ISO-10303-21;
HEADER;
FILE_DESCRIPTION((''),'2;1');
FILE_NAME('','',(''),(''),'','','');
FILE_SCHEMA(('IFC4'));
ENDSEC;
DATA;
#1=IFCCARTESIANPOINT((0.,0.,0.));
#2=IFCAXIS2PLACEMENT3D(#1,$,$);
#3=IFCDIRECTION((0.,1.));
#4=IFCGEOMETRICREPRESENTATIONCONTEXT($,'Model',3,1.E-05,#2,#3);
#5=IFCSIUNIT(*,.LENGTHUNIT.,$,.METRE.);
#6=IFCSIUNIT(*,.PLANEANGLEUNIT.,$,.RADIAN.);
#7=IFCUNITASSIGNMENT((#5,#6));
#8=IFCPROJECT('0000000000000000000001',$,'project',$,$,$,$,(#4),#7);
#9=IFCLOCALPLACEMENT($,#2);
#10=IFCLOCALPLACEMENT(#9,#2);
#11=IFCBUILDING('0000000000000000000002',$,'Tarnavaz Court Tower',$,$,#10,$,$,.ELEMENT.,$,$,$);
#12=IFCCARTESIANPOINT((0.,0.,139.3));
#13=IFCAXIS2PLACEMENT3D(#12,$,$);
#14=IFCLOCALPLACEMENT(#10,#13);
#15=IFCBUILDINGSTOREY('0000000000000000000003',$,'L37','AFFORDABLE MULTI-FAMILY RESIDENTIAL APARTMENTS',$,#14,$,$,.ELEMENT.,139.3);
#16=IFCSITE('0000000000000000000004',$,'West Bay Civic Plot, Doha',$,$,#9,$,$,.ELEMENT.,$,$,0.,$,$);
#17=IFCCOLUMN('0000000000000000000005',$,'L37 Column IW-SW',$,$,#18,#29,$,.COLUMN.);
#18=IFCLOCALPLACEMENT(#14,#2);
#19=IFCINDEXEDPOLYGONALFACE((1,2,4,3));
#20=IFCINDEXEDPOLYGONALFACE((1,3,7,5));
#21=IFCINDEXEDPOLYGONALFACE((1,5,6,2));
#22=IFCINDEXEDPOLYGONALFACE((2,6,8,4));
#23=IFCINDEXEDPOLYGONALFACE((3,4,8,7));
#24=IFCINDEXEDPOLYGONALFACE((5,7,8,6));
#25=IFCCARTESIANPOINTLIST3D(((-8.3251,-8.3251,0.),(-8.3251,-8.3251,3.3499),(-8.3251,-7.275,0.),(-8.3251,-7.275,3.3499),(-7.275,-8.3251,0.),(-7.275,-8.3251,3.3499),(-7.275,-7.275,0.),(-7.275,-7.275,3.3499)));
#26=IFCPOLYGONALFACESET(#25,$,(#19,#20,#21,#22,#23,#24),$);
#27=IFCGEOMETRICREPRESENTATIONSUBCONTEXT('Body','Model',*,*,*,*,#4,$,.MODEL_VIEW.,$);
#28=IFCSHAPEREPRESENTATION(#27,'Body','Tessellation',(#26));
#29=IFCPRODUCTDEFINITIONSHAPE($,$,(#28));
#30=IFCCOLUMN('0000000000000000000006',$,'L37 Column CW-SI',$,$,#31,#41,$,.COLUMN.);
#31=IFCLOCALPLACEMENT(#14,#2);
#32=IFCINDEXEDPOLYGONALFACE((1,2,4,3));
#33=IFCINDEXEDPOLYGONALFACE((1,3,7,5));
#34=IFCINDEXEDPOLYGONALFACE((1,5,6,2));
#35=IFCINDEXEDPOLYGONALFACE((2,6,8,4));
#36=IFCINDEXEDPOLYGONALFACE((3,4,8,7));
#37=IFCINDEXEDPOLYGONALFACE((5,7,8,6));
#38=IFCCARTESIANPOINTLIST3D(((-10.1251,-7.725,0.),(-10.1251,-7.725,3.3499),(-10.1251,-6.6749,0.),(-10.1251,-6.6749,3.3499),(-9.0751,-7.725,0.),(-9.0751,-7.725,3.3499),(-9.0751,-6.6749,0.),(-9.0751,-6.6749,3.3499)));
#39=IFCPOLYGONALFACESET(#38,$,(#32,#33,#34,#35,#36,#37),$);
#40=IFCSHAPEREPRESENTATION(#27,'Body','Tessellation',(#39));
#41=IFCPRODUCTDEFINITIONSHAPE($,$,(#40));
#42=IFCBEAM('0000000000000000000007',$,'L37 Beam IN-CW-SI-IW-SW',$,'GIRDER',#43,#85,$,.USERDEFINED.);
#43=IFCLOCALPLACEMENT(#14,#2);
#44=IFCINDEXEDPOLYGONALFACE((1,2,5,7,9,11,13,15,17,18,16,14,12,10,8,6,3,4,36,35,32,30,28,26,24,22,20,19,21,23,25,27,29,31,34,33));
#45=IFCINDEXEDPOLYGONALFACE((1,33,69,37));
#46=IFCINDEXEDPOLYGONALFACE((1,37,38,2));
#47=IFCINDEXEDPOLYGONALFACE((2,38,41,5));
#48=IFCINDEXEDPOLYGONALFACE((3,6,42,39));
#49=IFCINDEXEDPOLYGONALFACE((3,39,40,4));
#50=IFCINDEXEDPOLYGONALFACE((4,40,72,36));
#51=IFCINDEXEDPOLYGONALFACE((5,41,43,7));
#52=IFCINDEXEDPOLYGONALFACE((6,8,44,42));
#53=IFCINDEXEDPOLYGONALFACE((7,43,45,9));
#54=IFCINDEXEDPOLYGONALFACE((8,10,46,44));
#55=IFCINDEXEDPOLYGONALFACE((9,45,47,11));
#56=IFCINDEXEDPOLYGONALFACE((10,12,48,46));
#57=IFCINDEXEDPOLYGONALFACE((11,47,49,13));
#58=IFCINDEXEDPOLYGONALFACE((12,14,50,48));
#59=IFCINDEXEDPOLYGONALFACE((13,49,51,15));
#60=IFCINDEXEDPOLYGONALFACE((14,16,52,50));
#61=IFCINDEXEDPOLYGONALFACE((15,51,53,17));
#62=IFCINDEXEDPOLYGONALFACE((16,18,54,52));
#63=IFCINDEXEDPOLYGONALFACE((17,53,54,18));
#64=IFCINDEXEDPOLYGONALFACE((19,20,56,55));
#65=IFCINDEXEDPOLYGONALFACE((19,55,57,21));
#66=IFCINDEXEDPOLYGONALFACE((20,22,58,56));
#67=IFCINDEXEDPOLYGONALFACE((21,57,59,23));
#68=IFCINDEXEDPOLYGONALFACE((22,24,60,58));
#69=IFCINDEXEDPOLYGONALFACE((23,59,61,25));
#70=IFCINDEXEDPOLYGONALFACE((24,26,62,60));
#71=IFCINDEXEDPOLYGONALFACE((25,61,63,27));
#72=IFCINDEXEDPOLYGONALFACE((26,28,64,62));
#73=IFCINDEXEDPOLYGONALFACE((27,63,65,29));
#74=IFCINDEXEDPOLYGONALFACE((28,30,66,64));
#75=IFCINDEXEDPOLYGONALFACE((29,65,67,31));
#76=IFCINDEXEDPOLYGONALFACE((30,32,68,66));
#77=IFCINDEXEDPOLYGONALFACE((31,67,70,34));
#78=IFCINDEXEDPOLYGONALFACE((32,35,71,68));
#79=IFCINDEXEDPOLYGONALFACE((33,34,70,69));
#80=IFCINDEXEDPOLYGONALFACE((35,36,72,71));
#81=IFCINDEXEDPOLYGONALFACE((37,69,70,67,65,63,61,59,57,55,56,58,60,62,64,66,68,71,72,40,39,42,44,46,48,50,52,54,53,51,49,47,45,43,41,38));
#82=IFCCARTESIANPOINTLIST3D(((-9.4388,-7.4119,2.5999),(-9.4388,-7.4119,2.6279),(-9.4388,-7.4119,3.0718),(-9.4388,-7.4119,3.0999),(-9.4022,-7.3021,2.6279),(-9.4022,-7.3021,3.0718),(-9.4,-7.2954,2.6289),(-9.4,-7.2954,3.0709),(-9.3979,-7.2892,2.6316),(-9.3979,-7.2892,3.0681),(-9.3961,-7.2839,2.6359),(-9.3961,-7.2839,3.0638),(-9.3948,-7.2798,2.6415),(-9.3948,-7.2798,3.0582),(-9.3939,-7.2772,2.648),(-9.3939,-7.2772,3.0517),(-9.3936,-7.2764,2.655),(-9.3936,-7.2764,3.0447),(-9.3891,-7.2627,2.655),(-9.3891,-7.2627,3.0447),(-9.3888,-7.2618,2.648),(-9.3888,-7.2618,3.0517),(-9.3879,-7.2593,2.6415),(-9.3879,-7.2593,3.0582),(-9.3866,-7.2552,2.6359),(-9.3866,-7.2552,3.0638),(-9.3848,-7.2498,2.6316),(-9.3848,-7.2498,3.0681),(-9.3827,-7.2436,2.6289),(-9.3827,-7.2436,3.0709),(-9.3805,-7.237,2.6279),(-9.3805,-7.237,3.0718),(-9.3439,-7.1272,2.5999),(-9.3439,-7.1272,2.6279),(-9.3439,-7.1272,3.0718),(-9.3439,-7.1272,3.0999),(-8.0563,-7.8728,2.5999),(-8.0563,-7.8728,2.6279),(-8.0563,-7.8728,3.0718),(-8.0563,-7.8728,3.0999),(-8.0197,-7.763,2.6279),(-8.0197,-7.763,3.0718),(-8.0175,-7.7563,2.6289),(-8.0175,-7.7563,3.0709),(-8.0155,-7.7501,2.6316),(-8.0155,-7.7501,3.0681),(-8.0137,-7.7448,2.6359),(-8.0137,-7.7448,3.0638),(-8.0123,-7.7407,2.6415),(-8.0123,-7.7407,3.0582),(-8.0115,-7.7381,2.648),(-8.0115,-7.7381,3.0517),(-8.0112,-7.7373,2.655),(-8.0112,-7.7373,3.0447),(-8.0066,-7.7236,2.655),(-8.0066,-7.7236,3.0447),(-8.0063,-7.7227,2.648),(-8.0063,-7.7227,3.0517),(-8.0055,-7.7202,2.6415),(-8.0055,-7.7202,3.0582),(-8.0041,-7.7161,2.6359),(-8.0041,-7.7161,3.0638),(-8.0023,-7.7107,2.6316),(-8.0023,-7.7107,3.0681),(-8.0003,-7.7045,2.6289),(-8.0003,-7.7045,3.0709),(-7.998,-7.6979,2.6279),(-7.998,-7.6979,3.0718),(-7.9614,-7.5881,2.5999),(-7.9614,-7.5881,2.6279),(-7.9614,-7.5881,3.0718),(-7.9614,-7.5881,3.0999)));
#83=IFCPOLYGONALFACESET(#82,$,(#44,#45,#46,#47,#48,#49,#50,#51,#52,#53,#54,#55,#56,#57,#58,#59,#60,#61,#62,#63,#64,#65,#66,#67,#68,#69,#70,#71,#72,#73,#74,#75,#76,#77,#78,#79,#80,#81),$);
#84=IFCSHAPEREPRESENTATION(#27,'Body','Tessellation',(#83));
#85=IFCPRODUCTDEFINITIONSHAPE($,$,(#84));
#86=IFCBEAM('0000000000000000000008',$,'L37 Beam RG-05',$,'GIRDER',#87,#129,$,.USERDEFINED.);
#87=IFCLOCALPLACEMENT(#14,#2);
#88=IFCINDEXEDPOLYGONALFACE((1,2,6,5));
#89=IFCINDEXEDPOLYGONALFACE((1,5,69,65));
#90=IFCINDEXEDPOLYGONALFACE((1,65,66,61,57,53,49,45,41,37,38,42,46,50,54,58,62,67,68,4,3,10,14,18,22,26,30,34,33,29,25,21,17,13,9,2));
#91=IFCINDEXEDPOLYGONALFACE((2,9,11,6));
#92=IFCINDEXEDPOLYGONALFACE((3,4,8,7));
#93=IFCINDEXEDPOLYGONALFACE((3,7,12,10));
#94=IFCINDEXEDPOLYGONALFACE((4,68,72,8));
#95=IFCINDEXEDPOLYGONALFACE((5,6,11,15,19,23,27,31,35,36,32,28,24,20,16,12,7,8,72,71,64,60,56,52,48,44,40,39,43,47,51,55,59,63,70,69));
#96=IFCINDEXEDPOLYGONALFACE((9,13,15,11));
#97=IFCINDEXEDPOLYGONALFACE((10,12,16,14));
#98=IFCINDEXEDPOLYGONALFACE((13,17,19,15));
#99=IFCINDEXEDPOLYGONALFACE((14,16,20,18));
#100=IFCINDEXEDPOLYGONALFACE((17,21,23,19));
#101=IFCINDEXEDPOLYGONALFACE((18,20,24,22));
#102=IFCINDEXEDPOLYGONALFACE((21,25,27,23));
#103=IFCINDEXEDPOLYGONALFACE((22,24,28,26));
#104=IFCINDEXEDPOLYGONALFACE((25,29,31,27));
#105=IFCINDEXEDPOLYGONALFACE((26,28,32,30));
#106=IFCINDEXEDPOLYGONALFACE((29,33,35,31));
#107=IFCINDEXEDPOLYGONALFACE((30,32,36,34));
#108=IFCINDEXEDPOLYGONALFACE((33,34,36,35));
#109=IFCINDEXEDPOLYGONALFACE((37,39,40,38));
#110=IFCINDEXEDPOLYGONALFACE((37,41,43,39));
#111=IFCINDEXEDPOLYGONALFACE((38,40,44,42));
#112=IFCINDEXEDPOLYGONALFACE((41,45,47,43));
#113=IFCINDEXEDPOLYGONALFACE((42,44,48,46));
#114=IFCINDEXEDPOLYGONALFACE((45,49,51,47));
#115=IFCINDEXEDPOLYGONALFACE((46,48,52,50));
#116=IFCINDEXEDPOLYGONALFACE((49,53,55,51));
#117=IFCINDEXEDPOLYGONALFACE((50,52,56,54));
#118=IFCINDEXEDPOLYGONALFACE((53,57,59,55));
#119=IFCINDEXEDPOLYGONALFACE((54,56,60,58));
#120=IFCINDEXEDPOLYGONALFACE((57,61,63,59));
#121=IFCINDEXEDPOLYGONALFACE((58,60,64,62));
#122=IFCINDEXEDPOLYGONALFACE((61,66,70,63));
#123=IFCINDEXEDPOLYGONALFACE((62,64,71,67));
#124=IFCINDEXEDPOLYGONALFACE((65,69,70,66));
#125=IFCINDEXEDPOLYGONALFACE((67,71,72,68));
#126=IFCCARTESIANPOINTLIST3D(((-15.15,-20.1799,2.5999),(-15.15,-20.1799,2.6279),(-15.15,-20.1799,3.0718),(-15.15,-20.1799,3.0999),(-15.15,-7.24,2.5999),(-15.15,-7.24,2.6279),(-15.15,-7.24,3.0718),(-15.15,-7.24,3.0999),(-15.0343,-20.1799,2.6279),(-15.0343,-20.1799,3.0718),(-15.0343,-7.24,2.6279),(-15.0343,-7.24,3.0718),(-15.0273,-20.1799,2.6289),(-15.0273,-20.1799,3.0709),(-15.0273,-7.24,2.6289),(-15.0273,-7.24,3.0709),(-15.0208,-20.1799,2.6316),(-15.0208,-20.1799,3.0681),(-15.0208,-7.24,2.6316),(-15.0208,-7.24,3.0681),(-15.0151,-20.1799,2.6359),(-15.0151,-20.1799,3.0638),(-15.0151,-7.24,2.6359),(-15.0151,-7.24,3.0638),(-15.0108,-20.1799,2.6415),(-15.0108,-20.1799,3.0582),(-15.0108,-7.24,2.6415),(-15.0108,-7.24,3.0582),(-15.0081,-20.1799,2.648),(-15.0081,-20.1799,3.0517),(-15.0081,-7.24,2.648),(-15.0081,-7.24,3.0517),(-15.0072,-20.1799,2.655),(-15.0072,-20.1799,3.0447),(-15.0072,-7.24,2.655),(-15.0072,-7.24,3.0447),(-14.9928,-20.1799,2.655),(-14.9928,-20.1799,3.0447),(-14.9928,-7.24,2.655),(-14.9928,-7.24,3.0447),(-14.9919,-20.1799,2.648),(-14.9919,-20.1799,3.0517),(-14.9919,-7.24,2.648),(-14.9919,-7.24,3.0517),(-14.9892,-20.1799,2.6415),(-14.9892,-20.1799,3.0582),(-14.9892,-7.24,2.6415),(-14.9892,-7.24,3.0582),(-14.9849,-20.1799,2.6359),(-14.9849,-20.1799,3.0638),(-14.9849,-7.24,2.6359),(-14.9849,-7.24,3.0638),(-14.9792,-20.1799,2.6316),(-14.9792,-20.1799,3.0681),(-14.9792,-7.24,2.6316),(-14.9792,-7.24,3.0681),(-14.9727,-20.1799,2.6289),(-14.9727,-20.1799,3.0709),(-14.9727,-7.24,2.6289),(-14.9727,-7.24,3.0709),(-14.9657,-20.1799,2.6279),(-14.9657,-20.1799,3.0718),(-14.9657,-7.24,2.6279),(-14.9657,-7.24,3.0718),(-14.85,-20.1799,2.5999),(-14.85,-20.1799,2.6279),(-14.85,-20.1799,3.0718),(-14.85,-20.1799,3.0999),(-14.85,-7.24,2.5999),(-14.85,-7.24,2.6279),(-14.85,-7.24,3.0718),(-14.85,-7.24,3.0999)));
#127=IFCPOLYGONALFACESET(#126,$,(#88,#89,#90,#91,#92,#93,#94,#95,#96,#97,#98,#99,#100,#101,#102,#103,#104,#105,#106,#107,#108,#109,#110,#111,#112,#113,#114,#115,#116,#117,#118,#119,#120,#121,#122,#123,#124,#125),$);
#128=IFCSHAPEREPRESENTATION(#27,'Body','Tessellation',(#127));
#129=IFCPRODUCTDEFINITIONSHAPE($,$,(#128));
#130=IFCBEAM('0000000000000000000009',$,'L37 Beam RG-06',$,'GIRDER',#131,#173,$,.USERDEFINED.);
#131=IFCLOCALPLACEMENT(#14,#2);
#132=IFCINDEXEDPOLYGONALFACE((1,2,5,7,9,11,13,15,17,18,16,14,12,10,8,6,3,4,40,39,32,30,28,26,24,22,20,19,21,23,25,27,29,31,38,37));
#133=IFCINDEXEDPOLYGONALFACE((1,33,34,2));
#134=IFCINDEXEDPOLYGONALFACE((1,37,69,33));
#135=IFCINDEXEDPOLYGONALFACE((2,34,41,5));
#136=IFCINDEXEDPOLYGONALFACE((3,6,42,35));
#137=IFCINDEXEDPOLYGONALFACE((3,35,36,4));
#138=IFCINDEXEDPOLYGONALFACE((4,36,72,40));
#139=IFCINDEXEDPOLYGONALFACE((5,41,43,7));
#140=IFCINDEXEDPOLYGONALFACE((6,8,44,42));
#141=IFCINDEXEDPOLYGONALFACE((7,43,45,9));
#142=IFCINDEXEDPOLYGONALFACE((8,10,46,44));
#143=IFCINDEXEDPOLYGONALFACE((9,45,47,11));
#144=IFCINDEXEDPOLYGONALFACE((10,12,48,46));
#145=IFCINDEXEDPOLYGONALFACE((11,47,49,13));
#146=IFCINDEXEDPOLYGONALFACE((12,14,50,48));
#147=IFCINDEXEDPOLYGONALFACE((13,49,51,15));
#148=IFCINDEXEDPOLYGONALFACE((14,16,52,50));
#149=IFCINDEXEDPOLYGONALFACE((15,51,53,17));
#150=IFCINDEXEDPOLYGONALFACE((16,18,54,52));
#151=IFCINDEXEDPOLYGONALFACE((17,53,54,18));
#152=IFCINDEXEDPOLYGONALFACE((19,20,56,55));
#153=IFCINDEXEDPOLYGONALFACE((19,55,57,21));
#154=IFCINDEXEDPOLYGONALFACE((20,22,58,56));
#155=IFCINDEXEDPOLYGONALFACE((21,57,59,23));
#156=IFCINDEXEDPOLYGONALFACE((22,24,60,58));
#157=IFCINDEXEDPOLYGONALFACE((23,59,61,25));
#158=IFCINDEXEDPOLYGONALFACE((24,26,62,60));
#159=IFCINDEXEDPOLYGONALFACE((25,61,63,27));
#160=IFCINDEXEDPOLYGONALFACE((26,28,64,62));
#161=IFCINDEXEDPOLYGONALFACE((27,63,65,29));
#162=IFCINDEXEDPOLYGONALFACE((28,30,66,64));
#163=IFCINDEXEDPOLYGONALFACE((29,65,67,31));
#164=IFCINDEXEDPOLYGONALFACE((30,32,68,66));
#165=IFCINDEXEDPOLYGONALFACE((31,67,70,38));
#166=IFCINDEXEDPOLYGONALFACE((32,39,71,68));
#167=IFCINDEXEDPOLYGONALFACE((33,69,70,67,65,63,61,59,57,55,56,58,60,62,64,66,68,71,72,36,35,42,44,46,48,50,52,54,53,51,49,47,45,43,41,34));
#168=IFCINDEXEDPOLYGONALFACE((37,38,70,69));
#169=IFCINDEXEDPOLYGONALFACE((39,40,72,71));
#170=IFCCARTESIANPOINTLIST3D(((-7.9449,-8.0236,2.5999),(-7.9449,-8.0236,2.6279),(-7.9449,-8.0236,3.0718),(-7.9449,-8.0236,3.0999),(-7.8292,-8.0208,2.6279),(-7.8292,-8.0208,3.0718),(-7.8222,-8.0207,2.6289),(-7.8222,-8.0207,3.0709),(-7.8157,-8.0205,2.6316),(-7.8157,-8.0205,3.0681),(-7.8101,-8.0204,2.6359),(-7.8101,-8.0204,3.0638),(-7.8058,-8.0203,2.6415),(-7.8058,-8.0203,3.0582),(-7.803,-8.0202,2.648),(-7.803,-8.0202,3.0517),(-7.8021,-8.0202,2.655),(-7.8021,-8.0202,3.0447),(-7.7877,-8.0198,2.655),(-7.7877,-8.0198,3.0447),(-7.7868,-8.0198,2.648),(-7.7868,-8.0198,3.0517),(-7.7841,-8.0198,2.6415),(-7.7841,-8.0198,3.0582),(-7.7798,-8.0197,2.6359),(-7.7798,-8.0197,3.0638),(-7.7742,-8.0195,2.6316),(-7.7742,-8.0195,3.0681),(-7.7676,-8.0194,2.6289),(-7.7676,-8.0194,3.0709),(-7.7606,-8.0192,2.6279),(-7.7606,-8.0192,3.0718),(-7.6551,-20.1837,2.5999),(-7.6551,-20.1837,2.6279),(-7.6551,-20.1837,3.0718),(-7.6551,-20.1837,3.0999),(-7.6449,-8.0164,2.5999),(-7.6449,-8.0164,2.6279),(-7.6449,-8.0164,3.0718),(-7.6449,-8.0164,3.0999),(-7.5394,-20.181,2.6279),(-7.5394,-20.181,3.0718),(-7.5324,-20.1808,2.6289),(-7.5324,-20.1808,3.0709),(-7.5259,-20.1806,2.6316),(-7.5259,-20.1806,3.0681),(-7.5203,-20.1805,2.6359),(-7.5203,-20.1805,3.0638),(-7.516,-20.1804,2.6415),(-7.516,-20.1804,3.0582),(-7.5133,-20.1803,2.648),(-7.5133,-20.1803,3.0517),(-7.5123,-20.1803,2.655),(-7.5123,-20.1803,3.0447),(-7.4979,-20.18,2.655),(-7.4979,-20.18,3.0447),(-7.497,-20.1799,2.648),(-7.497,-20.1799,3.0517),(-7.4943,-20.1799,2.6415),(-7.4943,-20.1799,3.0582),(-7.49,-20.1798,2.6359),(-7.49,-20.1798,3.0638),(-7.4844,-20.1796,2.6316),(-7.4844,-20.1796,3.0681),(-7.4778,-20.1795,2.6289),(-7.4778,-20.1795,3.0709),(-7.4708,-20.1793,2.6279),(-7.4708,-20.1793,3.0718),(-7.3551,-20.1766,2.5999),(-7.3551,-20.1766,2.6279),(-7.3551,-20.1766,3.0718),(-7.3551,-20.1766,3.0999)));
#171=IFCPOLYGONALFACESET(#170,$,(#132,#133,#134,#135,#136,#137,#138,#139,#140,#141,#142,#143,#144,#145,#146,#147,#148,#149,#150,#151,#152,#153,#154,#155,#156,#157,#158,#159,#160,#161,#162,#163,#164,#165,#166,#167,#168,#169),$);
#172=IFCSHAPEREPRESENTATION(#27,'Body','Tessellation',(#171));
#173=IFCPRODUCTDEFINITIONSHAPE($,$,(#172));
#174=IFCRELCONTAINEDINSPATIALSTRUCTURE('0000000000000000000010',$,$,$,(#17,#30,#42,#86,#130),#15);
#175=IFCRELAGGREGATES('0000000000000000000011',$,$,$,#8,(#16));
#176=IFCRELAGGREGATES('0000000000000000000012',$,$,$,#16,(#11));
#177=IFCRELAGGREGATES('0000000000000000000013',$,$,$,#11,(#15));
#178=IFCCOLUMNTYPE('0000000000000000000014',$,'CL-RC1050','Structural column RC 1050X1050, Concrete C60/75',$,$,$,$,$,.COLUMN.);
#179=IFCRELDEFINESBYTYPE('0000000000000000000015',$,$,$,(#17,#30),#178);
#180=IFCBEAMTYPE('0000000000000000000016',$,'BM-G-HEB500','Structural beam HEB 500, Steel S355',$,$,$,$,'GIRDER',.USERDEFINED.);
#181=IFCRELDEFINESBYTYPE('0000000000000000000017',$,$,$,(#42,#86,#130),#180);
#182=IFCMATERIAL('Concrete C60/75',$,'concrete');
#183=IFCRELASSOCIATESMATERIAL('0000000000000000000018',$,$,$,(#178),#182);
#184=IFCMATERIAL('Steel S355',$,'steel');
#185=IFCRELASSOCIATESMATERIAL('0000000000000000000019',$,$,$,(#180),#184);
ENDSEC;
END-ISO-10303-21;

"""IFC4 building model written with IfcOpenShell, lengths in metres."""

from ifc_helpers import new_model, si_unit, direction, frame, origin, origin_2d, place, context, subcontext, project, spatial, rectangle, i_section, extrude, material, material_profile, profile_set, type_object, element, save


model = new_model("IFC4")

# Units and contexts
model_context = context("Model", 3, precision=1e-05, world=origin(), true_north=direction((0.0, 1.0)))
body_context = subcontext(model_context, "Body", "Model", "MODEL_VIEW")
ifc_project = project(units=[si_unit("LENGTHUNIT", "METRE"), si_unit("PLANEANGLEUNIT", "RADIAN")], contexts=[model_context])

# Site, building, storey
site_placement = place(None, origin())
site = spatial("IfcSite", under=ifc_project, at=site_placement, Name="West Bay Civic Plot, Doha", CompositionType="ELEMENT", RefElevation=0.0)
building_placement = place(site_placement, origin())
building = spatial("IfcBuilding", under=site, at=building_placement, Name="Tarnavaz Court Tower", CompositionType="ELEMENT")
storey_placement = place(building_placement, frame((0.0, 0.0, 139.3)))
storey = spatial("IfcBuildingStorey", under=building, at=storey_placement, Name="L37", Description="AFFORDABLE MULTI-FAMILY RESIDENTIAL APARTMENTS", CompositionType="ELEMENT", Elevation=139.3)

# Columns
ifc_material_1 = material(Name="Concrete C60/75", Category="concrete")
ifc_material_profile_1 = material_profile(ifc_material_1, rectangle(XDim=1.05, YDim=1.05, at=origin_2d()), Name="RC 1050X1050")
ifc_profile_set_1 = profile_set([ifc_material_profile_1], Name="Concrete C60/75")
column_type = type_object("IfcColumnType", Name="CL-RC1050", Description="Structural column RC 1050X1050, Concrete C60/75", PredefinedType="COLUMN", material=ifc_profile_set_1)
for number, where, z_axis, x_axis, name in (
    (1, (-7.8, -7.8, 0.0), (0.0, 0.0, 1.0), (1.0, 0.0, 0.0), "L37 Column IW-SW"),
    (2, (-9.6001, -7.2, 0.0), (0.0, 0.0, 1.0), (1.0, 0.0, 0.0), "L37 Column CW-SI"),
):
    element("IfcColumn", number, at=place(storey_placement, frame(where, z_axis=z_axis, x_axis=x_axis)), inside=storey, type_object=column_type, Name=name, PredefinedType="COLUMN", context=body_context, shape_type="SweptSolid", body=[
        extrude(rectangle(XDim=1.05, YDim=1.05, at=origin_2d()), origin(), (0.0, 0.0, 1.0), 3.3499),
    ])

# Beams
ifc_material_2 = material(Name="Steel S355", Category="steel")
ifc_material_profile_2 = material_profile(ifc_material_2, i_section(OverallWidth=0.3, OverallDepth=0.5, WebThickness=0.0144, FlangeThickness=0.0281, FilletRadius=0.0271, at=origin_2d()), Name="HEB 500")
ifc_profile_set_2 = profile_set([ifc_material_profile_2], Name="Steel S355")
beam_type_1 = type_object("IfcBeamType", Name="BM-G-HEB500", Description="Structural beam HEB 500, Steel S355", ElementType="GIRDER", PredefinedType="USERDEFINED", material=ifc_profile_set_2)
beam_1_placement = place(storey_placement, frame((-9.3914, -7.2695, 2.8499), z_axis=(0.948667, -0.316278, 0.0), x_axis=(0.316278, 0.948667, 0.0)))
element("IfcBeam", 3, at=beam_1_placement, inside=storey, type_object=beam_type_1, Name="L37 Beam IN-CW-SI-IW-SW", ObjectType="GIRDER", PredefinedType="USERDEFINED", context=body_context, shape_type="SweptSolid", body=[
    extrude(i_section(OverallWidth=0.3, OverallDepth=0.5, WebThickness=0.0144, FlangeThickness=0.0281, FilletRadius=0.0271, at=origin_2d()), origin(), (0.0, 0.0, 1.0), 1.4573),
])
beam_2_placement = place(storey_placement, frame((-15.0, -7.24, 2.8499), z_axis=(0.0, -1.0, 0.0), x_axis=(1.0, 0.0, 0.0)))
element("IfcBeam", 4, at=beam_2_placement, inside=storey, type_object=beam_type_1, Name="L37 Beam RG-05", ObjectType="GIRDER", PredefinedType="USERDEFINED", context=body_context, shape_type="SweptSolid", body=[
    extrude(i_section(OverallWidth=0.3, OverallDepth=0.5, WebThickness=0.0144, FlangeThickness=0.0281, FilletRadius=0.0271, at=origin_2d()), origin(), (0.0, 0.0, 1.0), 12.9399),
])
beam_3_placement = place(storey_placement, frame((-7.7949, -8.02, 2.8499), z_axis=(0.023825, -0.999716, 0.0), x_axis=(0.999716, 0.023825, 0.0)))
element("IfcBeam", 5, at=beam_3_placement, inside=storey, type_object=beam_type_1, Name="L37 Beam RG-06", ObjectType="GIRDER", PredefinedType="USERDEFINED", context=body_context, shape_type="SweptSolid", body=[
    extrude(i_section(OverallWidth=0.3, OverallDepth=0.5, WebThickness=0.0144, FlangeThickness=0.0281, FilletRadius=0.0271, at=origin_2d()), origin(), (0.0, 0.0, 1.0), 12.1636),
])

save(model, "model.ifc")
